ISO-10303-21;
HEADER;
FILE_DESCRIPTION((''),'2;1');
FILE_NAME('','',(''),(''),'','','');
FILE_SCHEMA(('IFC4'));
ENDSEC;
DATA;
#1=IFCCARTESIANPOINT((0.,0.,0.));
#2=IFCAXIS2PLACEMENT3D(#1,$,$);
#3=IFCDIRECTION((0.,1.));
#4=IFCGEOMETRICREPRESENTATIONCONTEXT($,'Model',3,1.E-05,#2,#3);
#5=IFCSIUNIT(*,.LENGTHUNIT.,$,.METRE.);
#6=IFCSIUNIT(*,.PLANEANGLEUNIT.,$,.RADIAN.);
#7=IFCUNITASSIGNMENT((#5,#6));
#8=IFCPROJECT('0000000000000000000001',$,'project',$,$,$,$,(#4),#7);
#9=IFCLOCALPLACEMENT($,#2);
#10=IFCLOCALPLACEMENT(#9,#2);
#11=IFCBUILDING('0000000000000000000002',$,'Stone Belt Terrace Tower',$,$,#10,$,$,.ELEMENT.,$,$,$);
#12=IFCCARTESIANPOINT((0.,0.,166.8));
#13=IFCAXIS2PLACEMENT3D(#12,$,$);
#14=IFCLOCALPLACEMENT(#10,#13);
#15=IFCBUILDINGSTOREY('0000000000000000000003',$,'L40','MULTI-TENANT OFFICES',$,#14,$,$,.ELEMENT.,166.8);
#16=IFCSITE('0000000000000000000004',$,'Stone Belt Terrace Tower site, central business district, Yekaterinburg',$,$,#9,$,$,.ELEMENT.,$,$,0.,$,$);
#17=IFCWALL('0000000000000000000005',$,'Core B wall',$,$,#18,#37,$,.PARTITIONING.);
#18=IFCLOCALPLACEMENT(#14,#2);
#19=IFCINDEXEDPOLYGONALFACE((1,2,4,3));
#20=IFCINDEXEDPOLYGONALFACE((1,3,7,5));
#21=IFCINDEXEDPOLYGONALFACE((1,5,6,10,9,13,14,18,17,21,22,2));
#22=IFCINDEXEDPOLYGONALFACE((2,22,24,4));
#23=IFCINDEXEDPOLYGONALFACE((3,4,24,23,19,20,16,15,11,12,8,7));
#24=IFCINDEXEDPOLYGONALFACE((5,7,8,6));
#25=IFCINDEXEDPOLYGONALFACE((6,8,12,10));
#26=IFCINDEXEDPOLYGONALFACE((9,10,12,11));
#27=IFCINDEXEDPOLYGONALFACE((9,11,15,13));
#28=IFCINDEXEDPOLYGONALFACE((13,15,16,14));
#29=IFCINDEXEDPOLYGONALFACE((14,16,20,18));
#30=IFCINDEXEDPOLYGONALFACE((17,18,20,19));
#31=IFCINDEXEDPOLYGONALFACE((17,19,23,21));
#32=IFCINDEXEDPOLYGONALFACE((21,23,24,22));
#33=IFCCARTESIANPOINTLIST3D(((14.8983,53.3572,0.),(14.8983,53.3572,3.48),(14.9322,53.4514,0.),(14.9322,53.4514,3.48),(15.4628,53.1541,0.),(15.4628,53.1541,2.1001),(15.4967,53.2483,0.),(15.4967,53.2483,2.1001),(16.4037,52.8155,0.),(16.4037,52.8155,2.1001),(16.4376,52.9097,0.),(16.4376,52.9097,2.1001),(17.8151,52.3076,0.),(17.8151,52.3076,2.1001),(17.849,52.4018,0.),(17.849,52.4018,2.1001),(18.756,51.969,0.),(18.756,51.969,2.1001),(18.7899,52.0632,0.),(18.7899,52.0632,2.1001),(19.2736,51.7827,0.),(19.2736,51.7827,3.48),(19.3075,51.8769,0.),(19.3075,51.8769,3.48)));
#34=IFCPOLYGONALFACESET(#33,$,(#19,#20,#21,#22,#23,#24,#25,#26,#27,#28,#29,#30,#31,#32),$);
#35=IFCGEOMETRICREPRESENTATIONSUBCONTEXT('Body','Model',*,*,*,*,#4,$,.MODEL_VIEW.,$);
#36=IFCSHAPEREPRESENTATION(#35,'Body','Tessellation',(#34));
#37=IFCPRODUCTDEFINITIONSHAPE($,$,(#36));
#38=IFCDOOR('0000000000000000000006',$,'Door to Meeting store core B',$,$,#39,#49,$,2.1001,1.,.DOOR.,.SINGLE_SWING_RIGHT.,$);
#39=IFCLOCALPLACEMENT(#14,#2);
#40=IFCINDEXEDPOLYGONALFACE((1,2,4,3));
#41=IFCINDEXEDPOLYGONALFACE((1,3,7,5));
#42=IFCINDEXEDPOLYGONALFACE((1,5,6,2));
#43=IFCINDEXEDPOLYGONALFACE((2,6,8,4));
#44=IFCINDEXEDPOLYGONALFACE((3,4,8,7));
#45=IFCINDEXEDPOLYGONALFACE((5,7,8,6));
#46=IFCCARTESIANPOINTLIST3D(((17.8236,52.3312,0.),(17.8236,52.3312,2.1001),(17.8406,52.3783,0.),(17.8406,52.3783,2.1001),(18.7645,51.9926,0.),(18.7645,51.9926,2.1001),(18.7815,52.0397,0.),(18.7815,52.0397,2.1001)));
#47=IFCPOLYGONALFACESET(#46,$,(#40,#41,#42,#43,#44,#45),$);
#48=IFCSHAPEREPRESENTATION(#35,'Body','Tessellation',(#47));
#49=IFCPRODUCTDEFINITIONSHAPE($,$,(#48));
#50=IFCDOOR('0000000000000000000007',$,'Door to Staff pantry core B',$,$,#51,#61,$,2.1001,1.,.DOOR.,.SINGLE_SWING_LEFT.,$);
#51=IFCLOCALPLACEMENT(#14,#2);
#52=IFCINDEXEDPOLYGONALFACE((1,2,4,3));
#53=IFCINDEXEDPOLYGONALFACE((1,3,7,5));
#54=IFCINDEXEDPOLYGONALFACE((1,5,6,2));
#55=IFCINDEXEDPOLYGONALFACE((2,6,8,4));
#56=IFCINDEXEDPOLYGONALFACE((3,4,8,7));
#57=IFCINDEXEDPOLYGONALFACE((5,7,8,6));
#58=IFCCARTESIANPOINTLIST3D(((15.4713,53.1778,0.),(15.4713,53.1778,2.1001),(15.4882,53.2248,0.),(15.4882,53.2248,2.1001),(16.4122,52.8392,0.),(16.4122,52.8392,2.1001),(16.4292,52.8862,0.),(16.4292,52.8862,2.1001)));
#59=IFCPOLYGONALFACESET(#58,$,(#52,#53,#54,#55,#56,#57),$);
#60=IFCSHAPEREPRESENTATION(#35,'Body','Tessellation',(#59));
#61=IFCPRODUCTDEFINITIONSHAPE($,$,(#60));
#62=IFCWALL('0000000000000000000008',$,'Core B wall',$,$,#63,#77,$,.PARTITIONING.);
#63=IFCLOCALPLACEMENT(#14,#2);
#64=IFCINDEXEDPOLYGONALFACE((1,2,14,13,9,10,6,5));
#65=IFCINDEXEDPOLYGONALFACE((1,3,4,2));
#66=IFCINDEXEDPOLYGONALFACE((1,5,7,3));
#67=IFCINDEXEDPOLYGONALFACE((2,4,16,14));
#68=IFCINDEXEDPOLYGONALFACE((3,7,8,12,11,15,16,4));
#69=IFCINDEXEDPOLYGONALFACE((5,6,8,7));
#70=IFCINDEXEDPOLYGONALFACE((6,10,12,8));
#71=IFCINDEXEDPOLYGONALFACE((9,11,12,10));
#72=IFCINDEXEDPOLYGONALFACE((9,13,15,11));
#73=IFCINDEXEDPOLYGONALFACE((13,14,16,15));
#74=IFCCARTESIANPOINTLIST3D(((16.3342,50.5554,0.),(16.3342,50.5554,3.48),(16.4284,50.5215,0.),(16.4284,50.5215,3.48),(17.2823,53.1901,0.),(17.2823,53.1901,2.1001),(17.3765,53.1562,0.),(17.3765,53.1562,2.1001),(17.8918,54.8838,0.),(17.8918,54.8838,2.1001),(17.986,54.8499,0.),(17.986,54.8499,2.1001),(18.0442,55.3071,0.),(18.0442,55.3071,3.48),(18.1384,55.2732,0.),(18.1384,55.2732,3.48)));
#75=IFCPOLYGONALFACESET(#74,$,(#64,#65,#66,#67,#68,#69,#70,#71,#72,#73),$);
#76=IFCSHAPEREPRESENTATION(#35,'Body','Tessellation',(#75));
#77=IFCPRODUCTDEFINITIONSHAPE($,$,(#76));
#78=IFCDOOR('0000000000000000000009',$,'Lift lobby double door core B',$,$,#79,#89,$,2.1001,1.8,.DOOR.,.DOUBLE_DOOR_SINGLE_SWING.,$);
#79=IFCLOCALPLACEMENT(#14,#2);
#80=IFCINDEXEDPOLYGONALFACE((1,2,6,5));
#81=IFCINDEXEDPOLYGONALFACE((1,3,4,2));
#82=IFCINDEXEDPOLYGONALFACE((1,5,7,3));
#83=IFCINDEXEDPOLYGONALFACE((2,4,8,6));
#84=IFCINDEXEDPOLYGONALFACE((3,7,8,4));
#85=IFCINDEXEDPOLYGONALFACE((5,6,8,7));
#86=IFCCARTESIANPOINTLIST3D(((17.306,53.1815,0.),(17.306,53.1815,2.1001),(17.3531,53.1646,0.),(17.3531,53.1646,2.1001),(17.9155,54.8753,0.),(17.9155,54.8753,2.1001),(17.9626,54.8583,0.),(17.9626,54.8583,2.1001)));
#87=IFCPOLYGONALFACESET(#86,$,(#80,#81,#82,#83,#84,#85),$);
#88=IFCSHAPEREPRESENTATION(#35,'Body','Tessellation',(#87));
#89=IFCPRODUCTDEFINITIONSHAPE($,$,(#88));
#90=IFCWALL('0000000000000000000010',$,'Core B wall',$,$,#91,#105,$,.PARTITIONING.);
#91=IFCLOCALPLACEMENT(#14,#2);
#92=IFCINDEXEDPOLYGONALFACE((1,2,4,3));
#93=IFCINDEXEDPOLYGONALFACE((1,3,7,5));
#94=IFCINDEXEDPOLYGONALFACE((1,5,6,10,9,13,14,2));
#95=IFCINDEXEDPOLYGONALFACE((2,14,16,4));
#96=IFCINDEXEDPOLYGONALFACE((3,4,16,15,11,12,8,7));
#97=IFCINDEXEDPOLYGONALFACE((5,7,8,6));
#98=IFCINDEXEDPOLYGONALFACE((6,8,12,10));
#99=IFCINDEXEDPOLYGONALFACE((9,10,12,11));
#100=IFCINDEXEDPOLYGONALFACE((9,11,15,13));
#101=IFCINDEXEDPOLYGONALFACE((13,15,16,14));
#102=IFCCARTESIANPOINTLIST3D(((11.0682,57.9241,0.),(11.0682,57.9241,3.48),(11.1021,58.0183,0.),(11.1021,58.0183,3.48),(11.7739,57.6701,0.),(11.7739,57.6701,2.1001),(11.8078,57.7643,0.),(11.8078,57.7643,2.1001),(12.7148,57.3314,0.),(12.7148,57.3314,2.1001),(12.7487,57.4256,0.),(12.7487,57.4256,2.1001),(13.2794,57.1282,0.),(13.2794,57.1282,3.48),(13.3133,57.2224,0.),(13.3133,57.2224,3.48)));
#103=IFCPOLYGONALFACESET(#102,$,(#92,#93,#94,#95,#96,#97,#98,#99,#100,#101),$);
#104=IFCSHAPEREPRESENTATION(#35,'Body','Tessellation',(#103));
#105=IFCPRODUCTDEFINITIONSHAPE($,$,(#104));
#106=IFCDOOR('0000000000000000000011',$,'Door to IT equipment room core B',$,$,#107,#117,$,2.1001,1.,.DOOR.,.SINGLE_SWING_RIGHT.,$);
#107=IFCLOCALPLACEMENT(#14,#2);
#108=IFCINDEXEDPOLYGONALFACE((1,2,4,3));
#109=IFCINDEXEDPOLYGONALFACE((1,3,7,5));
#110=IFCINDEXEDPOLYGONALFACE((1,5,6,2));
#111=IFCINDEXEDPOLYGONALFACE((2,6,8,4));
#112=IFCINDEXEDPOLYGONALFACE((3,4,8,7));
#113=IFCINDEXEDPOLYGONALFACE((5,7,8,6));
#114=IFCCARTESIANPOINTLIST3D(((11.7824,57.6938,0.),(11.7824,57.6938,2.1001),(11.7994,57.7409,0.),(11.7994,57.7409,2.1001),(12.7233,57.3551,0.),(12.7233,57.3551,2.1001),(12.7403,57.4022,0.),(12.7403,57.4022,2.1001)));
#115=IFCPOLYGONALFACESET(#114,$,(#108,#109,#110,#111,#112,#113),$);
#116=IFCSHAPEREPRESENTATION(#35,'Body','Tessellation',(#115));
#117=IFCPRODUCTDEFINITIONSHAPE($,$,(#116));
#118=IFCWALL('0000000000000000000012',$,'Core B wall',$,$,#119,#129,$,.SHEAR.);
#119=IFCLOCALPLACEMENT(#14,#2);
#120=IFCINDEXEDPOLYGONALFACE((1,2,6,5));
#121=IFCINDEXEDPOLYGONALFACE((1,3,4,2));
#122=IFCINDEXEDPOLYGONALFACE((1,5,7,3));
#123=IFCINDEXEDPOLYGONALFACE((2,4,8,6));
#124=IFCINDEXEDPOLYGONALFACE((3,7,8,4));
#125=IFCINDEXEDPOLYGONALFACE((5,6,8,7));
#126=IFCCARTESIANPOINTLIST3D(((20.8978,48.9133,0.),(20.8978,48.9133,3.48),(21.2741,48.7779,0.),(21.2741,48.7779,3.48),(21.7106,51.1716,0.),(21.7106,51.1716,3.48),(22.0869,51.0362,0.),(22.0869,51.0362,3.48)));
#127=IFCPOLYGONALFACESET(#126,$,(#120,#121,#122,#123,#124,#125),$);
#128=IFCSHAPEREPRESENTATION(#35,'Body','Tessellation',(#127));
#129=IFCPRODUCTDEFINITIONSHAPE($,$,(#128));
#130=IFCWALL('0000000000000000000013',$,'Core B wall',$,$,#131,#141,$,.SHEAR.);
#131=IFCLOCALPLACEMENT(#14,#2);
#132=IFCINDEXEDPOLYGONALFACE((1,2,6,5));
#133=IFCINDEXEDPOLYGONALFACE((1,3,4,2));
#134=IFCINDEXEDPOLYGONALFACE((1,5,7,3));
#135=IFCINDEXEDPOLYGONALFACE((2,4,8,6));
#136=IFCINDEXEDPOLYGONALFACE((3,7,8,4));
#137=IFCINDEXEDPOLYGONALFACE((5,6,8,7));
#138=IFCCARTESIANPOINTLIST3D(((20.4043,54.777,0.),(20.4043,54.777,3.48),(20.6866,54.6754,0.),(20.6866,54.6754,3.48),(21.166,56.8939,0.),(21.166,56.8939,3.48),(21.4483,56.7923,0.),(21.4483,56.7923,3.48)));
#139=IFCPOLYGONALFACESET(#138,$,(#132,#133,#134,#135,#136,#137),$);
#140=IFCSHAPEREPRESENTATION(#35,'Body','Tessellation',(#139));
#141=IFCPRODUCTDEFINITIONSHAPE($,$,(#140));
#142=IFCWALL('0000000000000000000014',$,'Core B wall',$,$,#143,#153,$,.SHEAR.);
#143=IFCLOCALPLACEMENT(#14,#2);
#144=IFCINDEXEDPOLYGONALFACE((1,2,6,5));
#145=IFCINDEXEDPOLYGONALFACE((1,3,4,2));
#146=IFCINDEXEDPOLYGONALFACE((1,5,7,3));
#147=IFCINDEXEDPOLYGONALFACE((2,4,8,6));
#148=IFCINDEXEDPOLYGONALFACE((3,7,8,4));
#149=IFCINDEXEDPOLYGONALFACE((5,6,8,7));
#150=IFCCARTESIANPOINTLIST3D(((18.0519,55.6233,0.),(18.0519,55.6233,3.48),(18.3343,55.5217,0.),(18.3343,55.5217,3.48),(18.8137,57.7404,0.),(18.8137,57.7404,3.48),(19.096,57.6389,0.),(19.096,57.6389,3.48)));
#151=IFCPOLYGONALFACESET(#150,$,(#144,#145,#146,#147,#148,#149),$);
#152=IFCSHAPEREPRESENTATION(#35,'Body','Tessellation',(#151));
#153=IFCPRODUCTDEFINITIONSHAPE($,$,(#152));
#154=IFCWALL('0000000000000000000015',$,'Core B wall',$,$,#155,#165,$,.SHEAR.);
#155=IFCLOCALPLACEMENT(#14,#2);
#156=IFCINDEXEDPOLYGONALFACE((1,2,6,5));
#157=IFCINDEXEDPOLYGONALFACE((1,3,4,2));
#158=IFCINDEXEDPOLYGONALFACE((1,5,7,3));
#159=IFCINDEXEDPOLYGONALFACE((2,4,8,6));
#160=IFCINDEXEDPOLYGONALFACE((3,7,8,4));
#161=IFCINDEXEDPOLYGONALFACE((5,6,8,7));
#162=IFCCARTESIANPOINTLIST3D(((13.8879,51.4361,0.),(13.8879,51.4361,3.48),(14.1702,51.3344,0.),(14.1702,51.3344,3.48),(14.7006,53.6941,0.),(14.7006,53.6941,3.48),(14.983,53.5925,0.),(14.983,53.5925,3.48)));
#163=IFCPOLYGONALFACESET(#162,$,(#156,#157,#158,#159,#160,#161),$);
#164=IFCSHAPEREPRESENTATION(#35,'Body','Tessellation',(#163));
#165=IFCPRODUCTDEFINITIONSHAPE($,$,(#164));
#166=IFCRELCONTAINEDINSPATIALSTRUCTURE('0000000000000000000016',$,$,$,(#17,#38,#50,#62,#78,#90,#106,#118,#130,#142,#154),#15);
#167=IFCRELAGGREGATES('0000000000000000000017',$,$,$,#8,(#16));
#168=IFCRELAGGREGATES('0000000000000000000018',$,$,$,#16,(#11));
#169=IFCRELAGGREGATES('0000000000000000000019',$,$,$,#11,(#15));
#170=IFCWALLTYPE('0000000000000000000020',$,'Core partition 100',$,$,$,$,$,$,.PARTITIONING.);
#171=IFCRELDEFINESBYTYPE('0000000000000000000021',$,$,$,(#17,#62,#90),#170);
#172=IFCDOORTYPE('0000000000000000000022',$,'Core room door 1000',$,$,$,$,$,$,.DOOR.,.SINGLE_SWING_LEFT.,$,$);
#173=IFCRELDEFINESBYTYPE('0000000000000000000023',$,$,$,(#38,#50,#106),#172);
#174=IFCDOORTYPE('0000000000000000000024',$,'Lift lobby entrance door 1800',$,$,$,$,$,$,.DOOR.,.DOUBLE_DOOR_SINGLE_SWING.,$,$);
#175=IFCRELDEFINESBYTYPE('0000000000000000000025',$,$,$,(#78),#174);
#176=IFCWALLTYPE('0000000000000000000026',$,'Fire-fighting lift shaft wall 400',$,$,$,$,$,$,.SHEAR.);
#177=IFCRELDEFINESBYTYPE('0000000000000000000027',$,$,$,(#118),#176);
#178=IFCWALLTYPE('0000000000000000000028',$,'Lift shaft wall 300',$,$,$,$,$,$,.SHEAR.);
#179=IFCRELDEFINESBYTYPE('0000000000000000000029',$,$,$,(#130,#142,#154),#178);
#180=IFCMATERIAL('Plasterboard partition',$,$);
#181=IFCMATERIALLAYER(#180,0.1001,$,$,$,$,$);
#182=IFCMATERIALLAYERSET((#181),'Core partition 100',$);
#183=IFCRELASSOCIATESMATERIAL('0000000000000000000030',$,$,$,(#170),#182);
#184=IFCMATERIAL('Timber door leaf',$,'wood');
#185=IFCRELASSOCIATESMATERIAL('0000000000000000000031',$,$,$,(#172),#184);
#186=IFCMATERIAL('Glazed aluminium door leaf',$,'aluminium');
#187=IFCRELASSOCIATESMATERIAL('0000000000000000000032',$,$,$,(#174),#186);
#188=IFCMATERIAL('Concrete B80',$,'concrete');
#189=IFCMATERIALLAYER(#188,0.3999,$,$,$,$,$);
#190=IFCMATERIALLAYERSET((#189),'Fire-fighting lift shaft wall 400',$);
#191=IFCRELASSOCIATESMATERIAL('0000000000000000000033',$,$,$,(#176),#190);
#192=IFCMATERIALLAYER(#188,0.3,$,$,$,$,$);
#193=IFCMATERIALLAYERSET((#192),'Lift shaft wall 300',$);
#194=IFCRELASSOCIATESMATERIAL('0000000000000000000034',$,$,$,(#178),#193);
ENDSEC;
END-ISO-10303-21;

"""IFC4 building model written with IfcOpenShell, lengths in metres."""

from ifc_helpers import new_model, si_unit, direction, frame, frame_2d, origin, place, context, subcontext, project, spatial, rectangle, extrude, material, layer, layer_set, type_object, element, fill, save


model = new_model("IFC4")

# Units and contexts
model_context = context("Model", 3, precision=1e-05, world=origin(), true_north=direction((0.0, 1.0)))
body_context = subcontext(model_context, "Body", "Model", "MODEL_VIEW")
ifc_project = project(units=[si_unit("LENGTHUNIT", "METRE"), si_unit("PLANEANGLEUNIT", "RADIAN")], contexts=[model_context])

# Site, building, storey
site_placement = place(None, origin())
site = spatial("IfcSite", under=ifc_project, at=site_placement, Name="Stone Belt Terrace Tower site, central business district, Yekaterinburg", CompositionType="ELEMENT", RefElevation=0.0)
building_placement = place(site_placement, origin())
building = spatial("IfcBuilding", under=site, at=building_placement, Name="Stone Belt Terrace Tower", CompositionType="ELEMENT")
storey_placement = place(building_placement, frame((0.0, 0.0, 166.8)))
storey = spatial("IfcBuildingStorey", under=building, at=storey_placement, Name="L40", Description="MULTI-TENANT OFFICES", CompositionType="ELEMENT", Elevation=166.8)

# Shared definitions
ifc_material_1 = material(Name="Concrete B80", Category="concrete")

# Wall, openings, doors
ifc_material_2 = material(Name="Plasterboard partition")
ifc_layer_1 = layer(ifc_material_2, 0.1001)
ifc_layer_set_1 = layer_set([ifc_layer_1], Name="Core partition 100")
wall_type_1 = type_object("IfcWallType", Name="Core partition 100", PredefinedType="PARTITIONING", material=ifc_layer_set_1)
wall_1_placement = place(storey_placement, frame((19.2905, 51.8298, 0.0), z_axis=(0.0, 0.0, 1.0), x_axis=(-0.94093, 0.3386, 0.0)))
wall_1 = element("IfcWall", 1, at=wall_1_placement, inside=storey, type_object=wall_type_1, Name="Core B wall", PredefinedType="PARTITIONING", context=body_context, shape_type="SweptSolid", body=[
    extrude(rectangle(XDim=4.6499, YDim=0.1001, at=frame_2d((2.325, 0.0))), origin(), (0.0, 0.0, 1.0), 3.48),
])
opening_1_placement = place(wall_1_placement, frame((0.55, 0.0, 0.0)))
opening_1 = element("IfcOpeningElement", 2, at=opening_1_placement, cuts=wall_1, PredefinedType="OPENING", context=body_context, shape_type="SweptSolid", body=[
    extrude(rectangle(XDim=1.0, YDim=2.1001, at=frame_2d((0.5, 1.05))), frame((0.0, 0.0601, 0.0), z_axis=(0.0, -1.0, 0.0), x_axis=(1.0, 0.0, 0.0)), (0.0, 0.0, 1.0), 0.1201),
])
opening_2_placement = place(wall_1_placement, frame((3.05, 0.0, 0.0)))
opening_2 = element("IfcOpeningElement", 3, at=opening_2_placement, cuts=wall_1, PredefinedType="OPENING", context=body_context, shape_type="SweptSolid", body=[
    extrude(rectangle(XDim=1.0, YDim=2.1001, at=frame_2d((0.5, 1.05))), frame((0.0, 0.0601, 0.0), z_axis=(0.0, -1.0, 0.0), x_axis=(1.0, 0.0, 0.0)), (0.0, 0.0, 1.0), 0.1201),
])
ifc_material_3 = material(Name="Timber door leaf", Category="wood")
door_type_1 = type_object("IfcDoorType", Name="Core room door 1000", OperationType="SINGLE_SWING_LEFT", PredefinedType="DOOR", material=ifc_material_3)
door_1_placement = place(opening_1_placement, origin())
door_1 = element("IfcDoor", 4, at=door_1_placement, inside=storey, type_object=door_type_1, Name="Door to Meeting store core B", OperationType="SINGLE_SWING_RIGHT", OverallHeight=2.1001, OverallWidth=1.0, PredefinedType="DOOR", context=body_context, shape_type="SweptSolid", body=[
    extrude(rectangle(XDim=1.0, YDim=2.1001, at=frame_2d((0.5, 1.05))), frame((0.0, 0.0249, 0.0), z_axis=(0.0, -1.0, 0.0), x_axis=(1.0, 0.0, 0.0)), (0.0, 0.0, 1.0), 0.05),
])
fill(opening_1, door_1)
door_2_placement = place(opening_2_placement, origin())
door_2 = element("IfcDoor", 5, at=door_2_placement, inside=storey, type_object=door_type_1, Name="Door to Staff pantry core B", OperationType="SINGLE_SWING_LEFT", OverallHeight=2.1001, OverallWidth=1.0, PredefinedType="DOOR", context=body_context, shape_type="SweptSolid", body=[
    extrude(rectangle(XDim=1.0, YDim=2.1001, at=frame_2d((0.5, 1.05))), frame((0.0, 0.0249, 0.0), z_axis=(0.0, -1.0, 0.0), x_axis=(1.0, 0.0, 0.0)), (0.0, 0.0, 1.0), 0.05),
])
fill(opening_2, door_2)

# Walls, openings, doors
wall_2_placement = place(storey_placement, frame((16.3813, 50.5386, 0.0), z_axis=(0.0, 0.0, 1.0), x_axis=(0.338605, 0.940929, 0.0)))
wall_2 = element("IfcWall", 6, at=wall_2_placement, inside=storey, type_object=wall_type_1, Name="Core B wall", PredefinedType="PARTITIONING", context=body_context, shape_type="SweptSolid", body=[
    extrude(rectangle(XDim=5.05, YDim=0.1001, at=frame_2d((2.5249, 0.0))), origin(), (0.0, 0.0, 1.0), 3.48),
])
opening_3_placement = place(wall_2_placement, frame((2.8, 0.0, 0.0)))
opening_3 = element("IfcOpeningElement", 7, at=opening_3_placement, cuts=wall_2, PredefinedType="OPENING", context=body_context, shape_type="SweptSolid", body=[
    extrude(rectangle(XDim=1.8, YDim=2.1001, at=frame_2d((0.8999, 1.05))), frame((0.0, 0.0601, 0.0), z_axis=(0.0, -1.0, 0.0), x_axis=(1.0, 0.0, 0.0)), (0.0, 0.0, 1.0), 0.1201),
])
ifc_material_4 = material(Name="Glazed aluminium door leaf", Category="aluminium")
door_type_2 = type_object("IfcDoorType", Name="Lift lobby entrance door 1800", OperationType="DOUBLE_DOOR_SINGLE_SWING", PredefinedType="DOOR", material=ifc_material_4)
door_3_placement = place(opening_3_placement, origin())
door_3 = element("IfcDoor", 8, at=door_3_placement, inside=storey, type_object=door_type_2, Name="Lift lobby double door core B", OperationType="DOUBLE_DOOR_SINGLE_SWING", OverallHeight=2.1001, OverallWidth=1.8, PredefinedType="DOOR", context=body_context, shape_type="SweptSolid", body=[
    extrude(rectangle(XDim=1.8, YDim=2.1001, at=frame_2d((0.8999, 1.05))), frame((0.0, 0.0249, 0.0), z_axis=(0.0, -1.0, 0.0), x_axis=(1.0, 0.0, 0.0)), (0.0, 0.0, 1.0), 0.05),
])
fill(opening_3, door_3)
wall_3_placement = place(storey_placement, frame((13.2964, 57.1753, 0.0), z_axis=(0.0, 0.0, 1.0), x_axis=(-0.940905, 0.338672, 0.0)))
wall_3 = element("IfcWall", 9, at=wall_3_placement, inside=storey, type_object=wall_type_1, Name="Core B wall", PredefinedType="PARTITIONING", context=body_context, shape_type="SweptSolid", body=[
    extrude(rectangle(XDim=2.3501, YDim=0.1001, at=frame_2d((1.175, 0.0))), origin(), (0.0, 0.0, 1.0), 3.48),
])
opening_4_placement = place(wall_3_placement, frame((0.6001, 0.0, 0.0)))
opening_4 = element("IfcOpeningElement", 10, at=opening_4_placement, cuts=wall_3, PredefinedType="OPENING", context=body_context, shape_type="SweptSolid", body=[
    extrude(rectangle(XDim=1.0, YDim=2.1001, at=frame_2d((0.5, 1.05))), frame((0.0, 0.0601, 0.0), z_axis=(0.0, -1.0, 0.0), x_axis=(1.0, 0.0, 0.0)), (0.0, 0.0, 1.0), 0.1201),
])
door_4_placement = place(opening_4_placement, origin())
door_4 = element("IfcDoor", 11, at=door_4_placement, inside=storey, type_object=door_type_1, Name="Door to IT equipment room core B", OperationType="SINGLE_SWING_RIGHT", OverallHeight=2.1001, OverallWidth=1.0, PredefinedType="DOOR", context=body_context, shape_type="SweptSolid", body=[
    extrude(rectangle(XDim=1.0, YDim=2.1001, at=frame_2d((0.5, 1.05))), frame((0.0, 0.0249, 0.0), z_axis=(0.0, -1.0, 0.0), x_axis=(1.0, 0.0, 0.0)), (0.0, 0.0, 1.0), 0.05),
])
fill(opening_4, door_4)

# Walls
ifc_layer_2 = layer(ifc_material_1, 0.3999)
ifc_layer_set_2 = layer_set([ifc_layer_2], Name="Fire-fighting lift shaft wall 400")
wall_type_2 = type_object("IfcWallType", Name="Fire-fighting lift shaft wall 400", PredefinedType="SHEAR", material=ifc_layer_set_2)
wall_4_placement = place(storey_placement, frame((21.0859, 48.8455, 0.0), z_axis=(0.0, 0.0, 1.0), x_axis=(0.338629, 0.94092, 0.0)))
element("IfcWall", 12, at=wall_4_placement, inside=storey, type_object=wall_type_2, Name="Core B wall", PredefinedType="SHEAR", context=body_context, shape_type="SweptSolid", body=[
    extrude(rectangle(XDim=2.4001, YDim=0.3999, at=frame_2d((1.2002, 0.0))), origin(), (0.0, 0.0, 1.0), 3.48),
])
ifc_layer_3 = layer(ifc_material_1, 0.3)
ifc_layer_set_3 = layer_set([ifc_layer_3], Name="Lift shaft wall 300")
wall_type_3 = type_object("IfcWallType", Name="Lift shaft wall 300", PredefinedType="SHEAR", material=ifc_layer_set_3)
wall_5_placement = place(storey_placement, frame((20.5454, 54.7261, 0.0), z_axis=(0.0, 0.0, 1.0), x_axis=(0.33857, 0.940941, 0.0)))
element("IfcWall", 13, at=wall_5_placement, inside=storey, type_object=wall_type_3, Name="Core B wall", PredefinedType="SHEAR", context=body_context, shape_type="SweptSolid", body=[
    extrude(rectangle(XDim=2.2498, YDim=0.3, at=frame_2d((1.125, 0.0))), origin(), (0.0, 0.0, 1.0), 3.48),
])
wall_6_placement = place(storey_placement, frame((18.1931, 55.5725, 0.0), z_axis=(0.0, 0.0, 1.0), x_axis=(0.338535, 0.940954, 0.0)))
element("IfcWall", 14, at=wall_6_placement, inside=storey, type_object=wall_type_3, Name="Core B wall", PredefinedType="SHEAR", context=body_context, shape_type="SweptSolid", body=[
    extrude(rectangle(XDim=2.25, YDim=0.3, at=frame_2d((1.125, 0.0))), origin(), (0.0, 0.0, 1.0), 3.48),
])
wall_7_placement = place(storey_placement, frame((14.0291, 51.3853, 0.0), z_axis=(0.0, 0.0, 1.0), x_axis=(0.338662, 0.940908, 0.0)))
element("IfcWall", 15, at=wall_7_placement, inside=storey, type_object=wall_type_3, Name="Core B wall", PredefinedType="SHEAR", context=body_context, shape_type="SweptSolid", body=[
    extrude(rectangle(XDim=2.3999, YDim=0.3, at=frame_2d((1.2, 0.0))), origin(), (0.0, 0.0, 1.0), 3.48),
])

save(model, "model.ifc")
